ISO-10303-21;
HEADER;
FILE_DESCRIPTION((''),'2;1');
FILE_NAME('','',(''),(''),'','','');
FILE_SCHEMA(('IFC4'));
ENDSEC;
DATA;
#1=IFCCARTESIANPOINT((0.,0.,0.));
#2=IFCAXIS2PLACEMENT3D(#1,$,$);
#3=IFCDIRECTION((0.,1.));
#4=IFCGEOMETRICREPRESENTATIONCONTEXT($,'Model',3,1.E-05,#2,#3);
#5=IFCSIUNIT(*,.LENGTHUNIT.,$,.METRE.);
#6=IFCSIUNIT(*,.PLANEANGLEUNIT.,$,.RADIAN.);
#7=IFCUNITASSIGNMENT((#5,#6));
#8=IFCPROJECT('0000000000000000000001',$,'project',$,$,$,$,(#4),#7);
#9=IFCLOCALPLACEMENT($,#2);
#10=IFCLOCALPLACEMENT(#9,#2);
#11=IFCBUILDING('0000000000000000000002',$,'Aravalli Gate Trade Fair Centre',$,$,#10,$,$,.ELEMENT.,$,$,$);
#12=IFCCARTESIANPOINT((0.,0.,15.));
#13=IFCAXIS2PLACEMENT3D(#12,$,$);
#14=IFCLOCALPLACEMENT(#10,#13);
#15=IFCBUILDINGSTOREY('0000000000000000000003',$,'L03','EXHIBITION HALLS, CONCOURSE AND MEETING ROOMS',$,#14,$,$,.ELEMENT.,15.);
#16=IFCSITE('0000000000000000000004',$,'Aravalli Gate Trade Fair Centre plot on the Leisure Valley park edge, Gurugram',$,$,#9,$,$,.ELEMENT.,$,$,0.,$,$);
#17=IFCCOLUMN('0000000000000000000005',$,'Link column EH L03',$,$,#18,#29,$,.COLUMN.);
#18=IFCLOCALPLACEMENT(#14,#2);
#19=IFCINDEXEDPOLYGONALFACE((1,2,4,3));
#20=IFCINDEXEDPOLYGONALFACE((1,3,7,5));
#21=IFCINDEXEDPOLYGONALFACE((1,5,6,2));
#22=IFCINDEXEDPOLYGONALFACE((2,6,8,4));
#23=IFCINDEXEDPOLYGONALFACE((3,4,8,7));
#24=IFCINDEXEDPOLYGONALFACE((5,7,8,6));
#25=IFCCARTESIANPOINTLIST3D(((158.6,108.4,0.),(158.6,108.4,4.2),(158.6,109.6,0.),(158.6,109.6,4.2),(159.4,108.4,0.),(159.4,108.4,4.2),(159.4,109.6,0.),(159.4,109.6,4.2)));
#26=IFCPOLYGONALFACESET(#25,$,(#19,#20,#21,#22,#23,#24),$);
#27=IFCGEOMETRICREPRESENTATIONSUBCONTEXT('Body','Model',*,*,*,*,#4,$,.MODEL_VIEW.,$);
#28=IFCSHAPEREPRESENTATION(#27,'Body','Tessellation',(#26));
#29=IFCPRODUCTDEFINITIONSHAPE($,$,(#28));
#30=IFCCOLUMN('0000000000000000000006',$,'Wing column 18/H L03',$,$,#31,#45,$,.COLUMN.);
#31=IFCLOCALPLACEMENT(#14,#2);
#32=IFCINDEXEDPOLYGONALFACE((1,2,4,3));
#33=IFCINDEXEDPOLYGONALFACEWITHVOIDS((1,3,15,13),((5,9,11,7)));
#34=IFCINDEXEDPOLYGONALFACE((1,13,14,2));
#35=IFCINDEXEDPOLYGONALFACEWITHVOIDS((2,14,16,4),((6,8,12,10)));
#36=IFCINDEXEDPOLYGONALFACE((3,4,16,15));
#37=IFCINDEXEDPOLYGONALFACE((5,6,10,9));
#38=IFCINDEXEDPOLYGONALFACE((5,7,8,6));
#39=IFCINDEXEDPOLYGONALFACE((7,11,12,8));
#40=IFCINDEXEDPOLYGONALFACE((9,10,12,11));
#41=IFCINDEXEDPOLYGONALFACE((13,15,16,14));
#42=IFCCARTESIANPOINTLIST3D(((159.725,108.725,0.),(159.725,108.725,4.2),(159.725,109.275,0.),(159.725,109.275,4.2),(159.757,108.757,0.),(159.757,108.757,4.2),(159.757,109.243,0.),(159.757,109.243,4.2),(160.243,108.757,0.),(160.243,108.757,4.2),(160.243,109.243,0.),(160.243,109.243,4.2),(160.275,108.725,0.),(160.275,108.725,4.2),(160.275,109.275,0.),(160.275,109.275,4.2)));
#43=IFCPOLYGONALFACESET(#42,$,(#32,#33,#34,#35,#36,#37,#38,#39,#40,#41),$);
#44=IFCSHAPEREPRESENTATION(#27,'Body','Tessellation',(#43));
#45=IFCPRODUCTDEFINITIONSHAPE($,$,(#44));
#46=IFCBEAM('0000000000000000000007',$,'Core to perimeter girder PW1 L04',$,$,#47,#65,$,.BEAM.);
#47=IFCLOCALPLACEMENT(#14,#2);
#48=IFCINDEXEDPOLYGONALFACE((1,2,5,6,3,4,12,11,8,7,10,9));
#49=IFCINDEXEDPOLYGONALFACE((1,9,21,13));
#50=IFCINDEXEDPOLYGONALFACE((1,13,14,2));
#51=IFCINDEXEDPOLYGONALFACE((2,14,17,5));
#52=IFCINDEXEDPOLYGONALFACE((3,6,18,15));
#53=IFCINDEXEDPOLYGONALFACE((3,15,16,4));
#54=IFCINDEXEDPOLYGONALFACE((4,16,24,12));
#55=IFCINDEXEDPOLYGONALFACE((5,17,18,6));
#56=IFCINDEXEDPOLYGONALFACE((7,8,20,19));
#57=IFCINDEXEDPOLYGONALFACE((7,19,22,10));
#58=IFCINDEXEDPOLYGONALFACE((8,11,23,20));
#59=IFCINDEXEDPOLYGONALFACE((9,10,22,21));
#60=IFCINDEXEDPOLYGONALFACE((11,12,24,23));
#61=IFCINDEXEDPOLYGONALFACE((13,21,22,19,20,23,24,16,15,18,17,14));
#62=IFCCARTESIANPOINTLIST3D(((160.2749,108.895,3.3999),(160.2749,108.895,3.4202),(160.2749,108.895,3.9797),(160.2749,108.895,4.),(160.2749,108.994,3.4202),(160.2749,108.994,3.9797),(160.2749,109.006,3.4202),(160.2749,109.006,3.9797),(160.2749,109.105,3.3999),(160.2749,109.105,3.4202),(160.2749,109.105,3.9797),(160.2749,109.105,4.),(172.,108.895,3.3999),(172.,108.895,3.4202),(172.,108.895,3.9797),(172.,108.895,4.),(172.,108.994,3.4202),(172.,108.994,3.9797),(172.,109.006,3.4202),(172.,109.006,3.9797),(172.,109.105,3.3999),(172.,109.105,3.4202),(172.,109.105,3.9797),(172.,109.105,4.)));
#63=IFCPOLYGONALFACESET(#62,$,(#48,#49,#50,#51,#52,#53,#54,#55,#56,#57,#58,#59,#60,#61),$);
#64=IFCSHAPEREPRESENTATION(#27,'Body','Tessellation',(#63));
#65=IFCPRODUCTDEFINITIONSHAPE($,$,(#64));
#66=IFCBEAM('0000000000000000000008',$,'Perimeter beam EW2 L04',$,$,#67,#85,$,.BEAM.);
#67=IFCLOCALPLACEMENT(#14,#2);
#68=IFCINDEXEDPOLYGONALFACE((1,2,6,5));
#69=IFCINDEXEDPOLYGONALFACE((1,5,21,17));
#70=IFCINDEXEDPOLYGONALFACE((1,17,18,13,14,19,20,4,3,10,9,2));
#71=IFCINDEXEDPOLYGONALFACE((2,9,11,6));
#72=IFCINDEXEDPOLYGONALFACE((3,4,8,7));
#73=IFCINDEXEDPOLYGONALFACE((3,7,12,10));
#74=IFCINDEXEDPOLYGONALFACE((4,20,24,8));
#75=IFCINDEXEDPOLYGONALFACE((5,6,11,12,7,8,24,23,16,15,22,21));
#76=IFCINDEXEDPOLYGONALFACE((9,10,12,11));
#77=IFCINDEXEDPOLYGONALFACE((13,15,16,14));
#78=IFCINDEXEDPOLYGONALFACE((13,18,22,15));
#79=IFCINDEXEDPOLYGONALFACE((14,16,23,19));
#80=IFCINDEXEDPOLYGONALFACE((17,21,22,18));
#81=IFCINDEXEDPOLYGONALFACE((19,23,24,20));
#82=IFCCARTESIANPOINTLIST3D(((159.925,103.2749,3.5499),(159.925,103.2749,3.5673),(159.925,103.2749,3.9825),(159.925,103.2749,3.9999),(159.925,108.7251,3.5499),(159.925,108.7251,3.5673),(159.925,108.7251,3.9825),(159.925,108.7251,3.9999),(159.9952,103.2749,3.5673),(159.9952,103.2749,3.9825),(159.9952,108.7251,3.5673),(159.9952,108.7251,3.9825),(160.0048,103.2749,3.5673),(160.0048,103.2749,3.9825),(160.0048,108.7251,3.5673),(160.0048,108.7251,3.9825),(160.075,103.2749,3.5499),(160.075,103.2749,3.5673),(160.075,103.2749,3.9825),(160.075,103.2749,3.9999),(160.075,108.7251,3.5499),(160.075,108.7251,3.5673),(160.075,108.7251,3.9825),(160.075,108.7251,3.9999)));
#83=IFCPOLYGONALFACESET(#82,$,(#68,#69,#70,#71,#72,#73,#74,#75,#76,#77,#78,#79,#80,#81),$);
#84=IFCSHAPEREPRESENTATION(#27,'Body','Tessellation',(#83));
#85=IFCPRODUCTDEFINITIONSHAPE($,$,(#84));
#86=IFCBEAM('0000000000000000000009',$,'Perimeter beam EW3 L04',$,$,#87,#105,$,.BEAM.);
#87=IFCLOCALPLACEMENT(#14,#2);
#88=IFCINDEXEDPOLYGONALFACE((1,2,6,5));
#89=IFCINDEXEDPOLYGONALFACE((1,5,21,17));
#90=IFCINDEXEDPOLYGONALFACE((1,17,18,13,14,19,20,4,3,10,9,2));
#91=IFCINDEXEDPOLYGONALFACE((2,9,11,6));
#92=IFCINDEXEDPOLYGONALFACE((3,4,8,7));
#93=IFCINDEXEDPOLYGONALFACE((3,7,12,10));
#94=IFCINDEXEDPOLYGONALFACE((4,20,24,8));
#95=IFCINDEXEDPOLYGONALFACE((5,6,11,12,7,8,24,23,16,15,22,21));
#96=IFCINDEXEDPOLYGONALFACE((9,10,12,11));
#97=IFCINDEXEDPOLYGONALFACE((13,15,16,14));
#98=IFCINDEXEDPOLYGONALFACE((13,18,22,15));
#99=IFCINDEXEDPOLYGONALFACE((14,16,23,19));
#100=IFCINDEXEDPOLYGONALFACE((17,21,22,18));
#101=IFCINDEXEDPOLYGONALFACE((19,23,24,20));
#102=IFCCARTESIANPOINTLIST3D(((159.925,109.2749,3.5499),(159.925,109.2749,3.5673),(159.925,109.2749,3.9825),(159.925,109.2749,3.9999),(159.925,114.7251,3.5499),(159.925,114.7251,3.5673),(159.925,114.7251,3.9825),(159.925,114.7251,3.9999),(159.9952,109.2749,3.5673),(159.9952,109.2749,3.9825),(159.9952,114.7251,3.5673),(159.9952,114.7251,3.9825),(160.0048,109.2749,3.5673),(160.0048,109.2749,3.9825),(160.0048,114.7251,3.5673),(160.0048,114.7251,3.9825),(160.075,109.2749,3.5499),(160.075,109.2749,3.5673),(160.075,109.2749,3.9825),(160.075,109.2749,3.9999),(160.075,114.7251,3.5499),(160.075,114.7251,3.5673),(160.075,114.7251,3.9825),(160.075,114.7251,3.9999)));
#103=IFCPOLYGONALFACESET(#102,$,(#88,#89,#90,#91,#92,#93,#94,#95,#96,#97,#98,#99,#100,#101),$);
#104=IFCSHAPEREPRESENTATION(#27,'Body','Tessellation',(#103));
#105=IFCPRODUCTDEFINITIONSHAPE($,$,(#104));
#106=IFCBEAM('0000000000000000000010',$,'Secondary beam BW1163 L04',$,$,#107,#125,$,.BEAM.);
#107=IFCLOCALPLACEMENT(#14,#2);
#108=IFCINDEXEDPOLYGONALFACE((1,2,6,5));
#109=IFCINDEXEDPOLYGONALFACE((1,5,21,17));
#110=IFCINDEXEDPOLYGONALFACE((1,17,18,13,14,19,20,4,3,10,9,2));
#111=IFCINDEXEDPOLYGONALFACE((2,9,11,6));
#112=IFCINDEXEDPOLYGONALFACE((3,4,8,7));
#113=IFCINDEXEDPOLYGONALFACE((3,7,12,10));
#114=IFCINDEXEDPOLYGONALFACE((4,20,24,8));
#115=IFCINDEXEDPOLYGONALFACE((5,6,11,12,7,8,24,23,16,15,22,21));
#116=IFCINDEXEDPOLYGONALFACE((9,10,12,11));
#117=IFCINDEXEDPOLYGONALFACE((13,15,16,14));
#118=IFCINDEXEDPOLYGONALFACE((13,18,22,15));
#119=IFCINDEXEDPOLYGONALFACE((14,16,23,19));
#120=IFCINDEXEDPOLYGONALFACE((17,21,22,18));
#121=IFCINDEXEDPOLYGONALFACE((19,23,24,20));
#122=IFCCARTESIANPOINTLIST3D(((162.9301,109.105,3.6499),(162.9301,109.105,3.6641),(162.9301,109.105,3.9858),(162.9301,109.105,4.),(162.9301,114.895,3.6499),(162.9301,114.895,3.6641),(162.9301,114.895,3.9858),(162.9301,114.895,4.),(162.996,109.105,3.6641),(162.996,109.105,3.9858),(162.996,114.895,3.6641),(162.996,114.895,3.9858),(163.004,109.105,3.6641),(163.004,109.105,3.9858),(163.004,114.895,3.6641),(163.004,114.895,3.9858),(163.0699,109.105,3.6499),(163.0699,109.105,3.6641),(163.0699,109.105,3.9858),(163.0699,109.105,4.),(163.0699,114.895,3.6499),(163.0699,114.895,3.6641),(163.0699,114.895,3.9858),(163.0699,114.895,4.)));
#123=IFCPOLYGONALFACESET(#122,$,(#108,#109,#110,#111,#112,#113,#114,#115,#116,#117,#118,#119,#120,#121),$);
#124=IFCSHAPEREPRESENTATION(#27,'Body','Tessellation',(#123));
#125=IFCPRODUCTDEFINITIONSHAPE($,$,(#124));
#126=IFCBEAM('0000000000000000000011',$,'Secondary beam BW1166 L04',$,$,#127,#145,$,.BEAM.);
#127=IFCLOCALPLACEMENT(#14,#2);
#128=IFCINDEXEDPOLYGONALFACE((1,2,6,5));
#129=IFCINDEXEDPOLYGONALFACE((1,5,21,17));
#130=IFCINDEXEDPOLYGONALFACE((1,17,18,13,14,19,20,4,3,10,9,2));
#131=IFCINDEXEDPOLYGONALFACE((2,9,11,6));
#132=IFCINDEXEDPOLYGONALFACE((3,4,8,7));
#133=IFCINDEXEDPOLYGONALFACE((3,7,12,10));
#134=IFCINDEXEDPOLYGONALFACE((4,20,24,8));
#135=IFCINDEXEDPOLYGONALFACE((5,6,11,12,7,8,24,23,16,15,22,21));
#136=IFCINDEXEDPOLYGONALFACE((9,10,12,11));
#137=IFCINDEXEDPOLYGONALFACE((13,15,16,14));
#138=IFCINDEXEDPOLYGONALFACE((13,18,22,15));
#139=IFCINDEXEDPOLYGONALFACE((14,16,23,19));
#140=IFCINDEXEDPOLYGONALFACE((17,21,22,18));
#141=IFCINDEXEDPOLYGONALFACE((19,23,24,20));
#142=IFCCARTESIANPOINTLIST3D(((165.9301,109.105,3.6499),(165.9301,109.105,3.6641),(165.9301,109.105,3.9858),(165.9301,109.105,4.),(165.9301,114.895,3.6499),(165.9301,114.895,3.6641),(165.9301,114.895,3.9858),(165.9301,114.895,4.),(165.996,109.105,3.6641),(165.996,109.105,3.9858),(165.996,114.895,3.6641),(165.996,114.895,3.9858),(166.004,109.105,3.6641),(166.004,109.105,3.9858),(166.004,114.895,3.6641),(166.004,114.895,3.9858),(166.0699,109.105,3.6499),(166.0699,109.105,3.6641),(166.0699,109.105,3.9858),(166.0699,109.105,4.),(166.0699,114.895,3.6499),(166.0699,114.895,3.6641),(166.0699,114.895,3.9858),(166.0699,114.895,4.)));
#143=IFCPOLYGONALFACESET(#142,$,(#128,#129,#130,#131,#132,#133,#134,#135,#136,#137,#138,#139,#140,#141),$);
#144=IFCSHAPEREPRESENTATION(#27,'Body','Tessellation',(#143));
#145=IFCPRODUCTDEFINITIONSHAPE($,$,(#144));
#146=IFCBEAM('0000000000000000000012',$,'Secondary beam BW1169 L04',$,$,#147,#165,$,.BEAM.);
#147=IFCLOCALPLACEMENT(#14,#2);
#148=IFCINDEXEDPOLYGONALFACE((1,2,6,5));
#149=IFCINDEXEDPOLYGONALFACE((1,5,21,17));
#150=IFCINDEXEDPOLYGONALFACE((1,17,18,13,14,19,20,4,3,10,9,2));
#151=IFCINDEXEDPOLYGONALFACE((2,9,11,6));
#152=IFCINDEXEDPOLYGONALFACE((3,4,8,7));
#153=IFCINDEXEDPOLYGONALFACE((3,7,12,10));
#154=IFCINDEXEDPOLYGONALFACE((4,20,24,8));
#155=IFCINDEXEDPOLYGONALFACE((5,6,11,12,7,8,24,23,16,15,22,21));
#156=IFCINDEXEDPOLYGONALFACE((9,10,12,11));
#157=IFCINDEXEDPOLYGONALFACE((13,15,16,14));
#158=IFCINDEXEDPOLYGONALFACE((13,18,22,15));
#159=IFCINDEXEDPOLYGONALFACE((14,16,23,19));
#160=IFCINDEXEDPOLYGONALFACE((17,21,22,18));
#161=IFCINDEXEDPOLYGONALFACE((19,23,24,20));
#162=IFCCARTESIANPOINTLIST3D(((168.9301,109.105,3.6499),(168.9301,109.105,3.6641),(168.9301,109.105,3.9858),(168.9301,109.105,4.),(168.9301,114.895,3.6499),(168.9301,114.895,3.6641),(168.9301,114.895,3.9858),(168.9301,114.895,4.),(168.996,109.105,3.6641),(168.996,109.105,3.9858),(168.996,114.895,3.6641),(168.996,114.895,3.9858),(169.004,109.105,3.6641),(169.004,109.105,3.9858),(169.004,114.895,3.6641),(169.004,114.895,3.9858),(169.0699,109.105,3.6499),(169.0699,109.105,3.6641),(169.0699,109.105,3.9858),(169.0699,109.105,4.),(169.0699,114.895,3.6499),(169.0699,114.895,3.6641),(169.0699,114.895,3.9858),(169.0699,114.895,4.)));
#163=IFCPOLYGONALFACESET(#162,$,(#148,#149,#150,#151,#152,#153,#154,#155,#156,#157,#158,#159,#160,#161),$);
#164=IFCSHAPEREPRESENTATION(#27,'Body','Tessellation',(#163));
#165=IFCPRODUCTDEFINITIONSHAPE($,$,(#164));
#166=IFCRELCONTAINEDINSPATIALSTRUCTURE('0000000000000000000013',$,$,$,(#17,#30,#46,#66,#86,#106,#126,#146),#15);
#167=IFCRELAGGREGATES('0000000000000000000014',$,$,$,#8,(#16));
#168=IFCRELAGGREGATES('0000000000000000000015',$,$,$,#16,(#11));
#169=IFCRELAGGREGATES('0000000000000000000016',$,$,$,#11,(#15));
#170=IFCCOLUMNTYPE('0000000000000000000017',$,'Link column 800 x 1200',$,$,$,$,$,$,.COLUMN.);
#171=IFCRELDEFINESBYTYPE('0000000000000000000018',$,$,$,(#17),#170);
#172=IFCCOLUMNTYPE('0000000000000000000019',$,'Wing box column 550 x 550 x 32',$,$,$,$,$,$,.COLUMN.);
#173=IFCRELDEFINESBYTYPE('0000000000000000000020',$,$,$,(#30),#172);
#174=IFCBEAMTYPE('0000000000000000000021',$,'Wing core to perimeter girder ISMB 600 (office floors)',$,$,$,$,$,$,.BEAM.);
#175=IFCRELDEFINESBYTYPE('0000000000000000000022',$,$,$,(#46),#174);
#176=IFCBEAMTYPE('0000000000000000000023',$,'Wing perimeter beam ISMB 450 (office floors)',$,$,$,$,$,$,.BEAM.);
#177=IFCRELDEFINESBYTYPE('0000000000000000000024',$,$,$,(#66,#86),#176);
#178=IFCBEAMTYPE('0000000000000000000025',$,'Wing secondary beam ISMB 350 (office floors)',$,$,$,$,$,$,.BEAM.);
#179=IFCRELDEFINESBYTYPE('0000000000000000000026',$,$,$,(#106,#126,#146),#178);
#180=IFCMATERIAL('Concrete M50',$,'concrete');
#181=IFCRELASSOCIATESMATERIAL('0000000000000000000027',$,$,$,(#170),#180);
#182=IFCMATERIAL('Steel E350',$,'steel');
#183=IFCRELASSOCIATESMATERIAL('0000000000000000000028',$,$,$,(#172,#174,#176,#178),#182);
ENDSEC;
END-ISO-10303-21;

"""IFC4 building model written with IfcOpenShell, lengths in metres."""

from ifc_helpers import new_model, si_unit, direction, frame, origin, origin_2d, place, context, subcontext, project, spatial, rectangle, hollow_rectangle, i_section, extrude, material, material_profile, profile_set, type_object, element, save


model = new_model("IFC4")

# Units and contexts
model_context = context("Model", 3, precision=1e-05, world=origin(), true_north=direction((0.0, 1.0)))
body_context = subcontext(model_context, "Body", "Model", "MODEL_VIEW")
ifc_project = project(units=[si_unit("LENGTHUNIT", "METRE"), si_unit("PLANEANGLEUNIT", "RADIAN")], contexts=[model_context])

# Site, building, storey
site_placement = place(None, origin())
site = spatial("IfcSite", under=ifc_project, at=site_placement, Name="Aravalli Gate Trade Fair Centre plot on the Leisure Valley park edge, Gurugram", CompositionType="ELEMENT", RefElevation=0.0)
building_placement = place(site_placement, origin())
building = spatial("IfcBuilding", under=site, at=building_placement, Name="Aravalli Gate Trade Fair Centre", CompositionType="ELEMENT")
storey_placement = place(building_placement, frame((0.0, 0.0, 15.0)))
storey = spatial("IfcBuildingStorey", under=building, at=storey_placement, Name="L03", Description="EXHIBITION HALLS, CONCOURSE AND MEETING ROOMS", CompositionType="ELEMENT", Elevation=15.0)

# Columns
ifc_material_1 = material(Name="Concrete M50", Category="concrete")
ifc_material_profile_1 = material_profile(ifc_material_1, rectangle(XDim=0.8, YDim=1.2, at=origin_2d()), Name="Link column 800 x 1200")
ifc_profile_set_1 = profile_set([ifc_material_profile_1], Name="Concrete M50")
column_type_1 = type_object("IfcColumnType", Name="Link column 800 x 1200", PredefinedType="COLUMN", material=ifc_profile_set_1)
column_1_placement = place(storey_placement, frame((159.0, 109.0, 0.0), z_axis=(0.0, 0.0, 1.0), x_axis=(1.0, 0.0, 0.0)))
element("IfcColumn", 1, at=column_1_placement, inside=storey, type_object=column_type_1, Name="Link column EH L03", PredefinedType="COLUMN", context=body_context, shape_type="SweptSolid", body=[
    extrude(rectangle(XDim=0.8, YDim=1.2, at=origin_2d()), origin(), (0.0, 0.0, 1.0), 4.2),
])
ifc_material_2 = material(Name="Steel E350", Category="steel")
ifc_material_profile_2 = material_profile(ifc_material_2, hollow_rectangle(XDim=0.55, YDim=0.55, WallThickness=0.032, at=origin_2d()), Name="BOX 550x550x32")
ifc_profile_set_2 = profile_set([ifc_material_profile_2], Name="Steel E350")
column_type_2 = type_object("IfcColumnType", Name="Wing box column 550 x 550 x 32", PredefinedType="COLUMN", material=ifc_profile_set_2)
column_2_placement = place(storey_placement, frame((160.0, 109.0, 0.0), z_axis=(0.0, 0.0, 1.0), x_axis=(1.0, 0.0, 0.0)))
element("IfcColumn", 2, at=column_2_placement, inside=storey, type_object=column_type_2, Name="Wing column 18/H L03", PredefinedType="COLUMN", context=body_context, shape_type="SweptSolid", body=[
    extrude(hollow_rectangle(XDim=0.55, YDim=0.55, WallThickness=0.032, at=origin_2d()), origin(), (0.0, 0.0, 1.0), 4.2),
])

# Beams
ifc_material_profile_3 = material_profile(ifc_material_2, i_section(OverallWidth=0.21, OverallDepth=0.6001, WebThickness=0.012, FlangeThickness=0.0203, at=origin_2d()), Name="ISMB 600")
ifc_profile_set_3 = profile_set([ifc_material_profile_3], Name="Steel E350")
beam_type_1 = type_object("IfcBeamType", Name="Wing core to perimeter girder ISMB 600 (office floors)", PredefinedType="BEAM", material=ifc_profile_set_3)
beam_placement = place(storey_placement, frame((160.2749, 109.0, 3.7), z_axis=(1.0, 0.0, 0.0), x_axis=(0.0, 1.0, 0.0)))
element("IfcBeam", 3, at=beam_placement, inside=storey, type_object=beam_type_1, Name="Core to perimeter girder PW1 L04", PredefinedType="BEAM", context=body_context, shape_type="SweptSolid", body=[
    extrude(i_section(OverallWidth=0.21, OverallDepth=0.6001, WebThickness=0.012, FlangeThickness=0.0203, at=origin_2d()), origin(), (0.0, 0.0, 1.0), 11.7251),
])
ifc_material_profile_4 = material_profile(ifc_material_2, i_section(OverallWidth=0.1499, OverallDepth=0.45, WebThickness=0.0095, FlangeThickness=0.0173, at=origin_2d()), Name="ISMB 450")
ifc_profile_set_4 = profile_set([ifc_material_profile_4], Name="Steel E350")
beam_type_2 = type_object("IfcBeamType", Name="Wing perimeter beam ISMB 450 (office floors)", PredefinedType="BEAM", material=ifc_profile_set_4)
for number, where, z_axis, x_axis, name in (
    (4, (160.0, 103.2749, 3.7749), (0.0, 1.0, 0.0), (-1.0, 0.0, 0.0), "Perimeter beam EW2 L04"),
    (5, (160.0, 109.2749, 3.7749), (0.0, 1.0, 0.0), (-1.0, 0.0, 0.0), "Perimeter beam EW3 L04"),
):
    element("IfcBeam", number, at=place(storey_placement, frame(where, z_axis=z_axis, x_axis=x_axis)), inside=storey, type_object=beam_type_2, Name=name, PredefinedType="BEAM", context=body_context, shape_type="SweptSolid", body=[
        extrude(i_section(OverallWidth=0.1499, OverallDepth=0.45, WebThickness=0.0095, FlangeThickness=0.0173, at=origin_2d()), origin(), (0.0, 0.0, 1.0), 5.4502),
    ])
ifc_material_profile_5 = material_profile(ifc_material_2, i_section(OverallWidth=0.1399, OverallDepth=0.3501, WebThickness=0.0081, FlangeThickness=0.0142, at=origin_2d()), Name="ISMB 350")
ifc_profile_set_5 = profile_set([ifc_material_profile_5], Name="Steel E350")
beam_type_3 = type_object("IfcBeamType", Name="Wing secondary beam ISMB 350 (office floors)", PredefinedType="BEAM", material=ifc_profile_set_5)
for number, where, z_axis, x_axis, name in (
    (6, (163.0, 109.105, 3.825), (0.0, 1.0, 0.0), (-1.0, 0.0, 0.0), "Secondary beam BW1163 L04"),
    (7, (166.0, 109.105, 3.825), (0.0, 1.0, 0.0), (-1.0, 0.0, 0.0), "Secondary beam BW1166 L04"),
    (8, (169.0, 109.105, 3.825), (0.0, 1.0, 0.0), (-1.0, 0.0, 0.0), "Secondary beam BW1169 L04"),
):
    element("IfcBeam", number, at=place(storey_placement, frame(where, z_axis=z_axis, x_axis=x_axis)), inside=storey, type_object=beam_type_3, Name=name, PredefinedType="BEAM", context=body_context, shape_type="SweptSolid", body=[
        extrude(i_section(OverallWidth=0.1399, OverallDepth=0.3501, WebThickness=0.0081, FlangeThickness=0.0142, at=origin_2d()), origin(), (0.0, 0.0, 1.0), 5.79),
    ])

save(model, "model.ifc")
